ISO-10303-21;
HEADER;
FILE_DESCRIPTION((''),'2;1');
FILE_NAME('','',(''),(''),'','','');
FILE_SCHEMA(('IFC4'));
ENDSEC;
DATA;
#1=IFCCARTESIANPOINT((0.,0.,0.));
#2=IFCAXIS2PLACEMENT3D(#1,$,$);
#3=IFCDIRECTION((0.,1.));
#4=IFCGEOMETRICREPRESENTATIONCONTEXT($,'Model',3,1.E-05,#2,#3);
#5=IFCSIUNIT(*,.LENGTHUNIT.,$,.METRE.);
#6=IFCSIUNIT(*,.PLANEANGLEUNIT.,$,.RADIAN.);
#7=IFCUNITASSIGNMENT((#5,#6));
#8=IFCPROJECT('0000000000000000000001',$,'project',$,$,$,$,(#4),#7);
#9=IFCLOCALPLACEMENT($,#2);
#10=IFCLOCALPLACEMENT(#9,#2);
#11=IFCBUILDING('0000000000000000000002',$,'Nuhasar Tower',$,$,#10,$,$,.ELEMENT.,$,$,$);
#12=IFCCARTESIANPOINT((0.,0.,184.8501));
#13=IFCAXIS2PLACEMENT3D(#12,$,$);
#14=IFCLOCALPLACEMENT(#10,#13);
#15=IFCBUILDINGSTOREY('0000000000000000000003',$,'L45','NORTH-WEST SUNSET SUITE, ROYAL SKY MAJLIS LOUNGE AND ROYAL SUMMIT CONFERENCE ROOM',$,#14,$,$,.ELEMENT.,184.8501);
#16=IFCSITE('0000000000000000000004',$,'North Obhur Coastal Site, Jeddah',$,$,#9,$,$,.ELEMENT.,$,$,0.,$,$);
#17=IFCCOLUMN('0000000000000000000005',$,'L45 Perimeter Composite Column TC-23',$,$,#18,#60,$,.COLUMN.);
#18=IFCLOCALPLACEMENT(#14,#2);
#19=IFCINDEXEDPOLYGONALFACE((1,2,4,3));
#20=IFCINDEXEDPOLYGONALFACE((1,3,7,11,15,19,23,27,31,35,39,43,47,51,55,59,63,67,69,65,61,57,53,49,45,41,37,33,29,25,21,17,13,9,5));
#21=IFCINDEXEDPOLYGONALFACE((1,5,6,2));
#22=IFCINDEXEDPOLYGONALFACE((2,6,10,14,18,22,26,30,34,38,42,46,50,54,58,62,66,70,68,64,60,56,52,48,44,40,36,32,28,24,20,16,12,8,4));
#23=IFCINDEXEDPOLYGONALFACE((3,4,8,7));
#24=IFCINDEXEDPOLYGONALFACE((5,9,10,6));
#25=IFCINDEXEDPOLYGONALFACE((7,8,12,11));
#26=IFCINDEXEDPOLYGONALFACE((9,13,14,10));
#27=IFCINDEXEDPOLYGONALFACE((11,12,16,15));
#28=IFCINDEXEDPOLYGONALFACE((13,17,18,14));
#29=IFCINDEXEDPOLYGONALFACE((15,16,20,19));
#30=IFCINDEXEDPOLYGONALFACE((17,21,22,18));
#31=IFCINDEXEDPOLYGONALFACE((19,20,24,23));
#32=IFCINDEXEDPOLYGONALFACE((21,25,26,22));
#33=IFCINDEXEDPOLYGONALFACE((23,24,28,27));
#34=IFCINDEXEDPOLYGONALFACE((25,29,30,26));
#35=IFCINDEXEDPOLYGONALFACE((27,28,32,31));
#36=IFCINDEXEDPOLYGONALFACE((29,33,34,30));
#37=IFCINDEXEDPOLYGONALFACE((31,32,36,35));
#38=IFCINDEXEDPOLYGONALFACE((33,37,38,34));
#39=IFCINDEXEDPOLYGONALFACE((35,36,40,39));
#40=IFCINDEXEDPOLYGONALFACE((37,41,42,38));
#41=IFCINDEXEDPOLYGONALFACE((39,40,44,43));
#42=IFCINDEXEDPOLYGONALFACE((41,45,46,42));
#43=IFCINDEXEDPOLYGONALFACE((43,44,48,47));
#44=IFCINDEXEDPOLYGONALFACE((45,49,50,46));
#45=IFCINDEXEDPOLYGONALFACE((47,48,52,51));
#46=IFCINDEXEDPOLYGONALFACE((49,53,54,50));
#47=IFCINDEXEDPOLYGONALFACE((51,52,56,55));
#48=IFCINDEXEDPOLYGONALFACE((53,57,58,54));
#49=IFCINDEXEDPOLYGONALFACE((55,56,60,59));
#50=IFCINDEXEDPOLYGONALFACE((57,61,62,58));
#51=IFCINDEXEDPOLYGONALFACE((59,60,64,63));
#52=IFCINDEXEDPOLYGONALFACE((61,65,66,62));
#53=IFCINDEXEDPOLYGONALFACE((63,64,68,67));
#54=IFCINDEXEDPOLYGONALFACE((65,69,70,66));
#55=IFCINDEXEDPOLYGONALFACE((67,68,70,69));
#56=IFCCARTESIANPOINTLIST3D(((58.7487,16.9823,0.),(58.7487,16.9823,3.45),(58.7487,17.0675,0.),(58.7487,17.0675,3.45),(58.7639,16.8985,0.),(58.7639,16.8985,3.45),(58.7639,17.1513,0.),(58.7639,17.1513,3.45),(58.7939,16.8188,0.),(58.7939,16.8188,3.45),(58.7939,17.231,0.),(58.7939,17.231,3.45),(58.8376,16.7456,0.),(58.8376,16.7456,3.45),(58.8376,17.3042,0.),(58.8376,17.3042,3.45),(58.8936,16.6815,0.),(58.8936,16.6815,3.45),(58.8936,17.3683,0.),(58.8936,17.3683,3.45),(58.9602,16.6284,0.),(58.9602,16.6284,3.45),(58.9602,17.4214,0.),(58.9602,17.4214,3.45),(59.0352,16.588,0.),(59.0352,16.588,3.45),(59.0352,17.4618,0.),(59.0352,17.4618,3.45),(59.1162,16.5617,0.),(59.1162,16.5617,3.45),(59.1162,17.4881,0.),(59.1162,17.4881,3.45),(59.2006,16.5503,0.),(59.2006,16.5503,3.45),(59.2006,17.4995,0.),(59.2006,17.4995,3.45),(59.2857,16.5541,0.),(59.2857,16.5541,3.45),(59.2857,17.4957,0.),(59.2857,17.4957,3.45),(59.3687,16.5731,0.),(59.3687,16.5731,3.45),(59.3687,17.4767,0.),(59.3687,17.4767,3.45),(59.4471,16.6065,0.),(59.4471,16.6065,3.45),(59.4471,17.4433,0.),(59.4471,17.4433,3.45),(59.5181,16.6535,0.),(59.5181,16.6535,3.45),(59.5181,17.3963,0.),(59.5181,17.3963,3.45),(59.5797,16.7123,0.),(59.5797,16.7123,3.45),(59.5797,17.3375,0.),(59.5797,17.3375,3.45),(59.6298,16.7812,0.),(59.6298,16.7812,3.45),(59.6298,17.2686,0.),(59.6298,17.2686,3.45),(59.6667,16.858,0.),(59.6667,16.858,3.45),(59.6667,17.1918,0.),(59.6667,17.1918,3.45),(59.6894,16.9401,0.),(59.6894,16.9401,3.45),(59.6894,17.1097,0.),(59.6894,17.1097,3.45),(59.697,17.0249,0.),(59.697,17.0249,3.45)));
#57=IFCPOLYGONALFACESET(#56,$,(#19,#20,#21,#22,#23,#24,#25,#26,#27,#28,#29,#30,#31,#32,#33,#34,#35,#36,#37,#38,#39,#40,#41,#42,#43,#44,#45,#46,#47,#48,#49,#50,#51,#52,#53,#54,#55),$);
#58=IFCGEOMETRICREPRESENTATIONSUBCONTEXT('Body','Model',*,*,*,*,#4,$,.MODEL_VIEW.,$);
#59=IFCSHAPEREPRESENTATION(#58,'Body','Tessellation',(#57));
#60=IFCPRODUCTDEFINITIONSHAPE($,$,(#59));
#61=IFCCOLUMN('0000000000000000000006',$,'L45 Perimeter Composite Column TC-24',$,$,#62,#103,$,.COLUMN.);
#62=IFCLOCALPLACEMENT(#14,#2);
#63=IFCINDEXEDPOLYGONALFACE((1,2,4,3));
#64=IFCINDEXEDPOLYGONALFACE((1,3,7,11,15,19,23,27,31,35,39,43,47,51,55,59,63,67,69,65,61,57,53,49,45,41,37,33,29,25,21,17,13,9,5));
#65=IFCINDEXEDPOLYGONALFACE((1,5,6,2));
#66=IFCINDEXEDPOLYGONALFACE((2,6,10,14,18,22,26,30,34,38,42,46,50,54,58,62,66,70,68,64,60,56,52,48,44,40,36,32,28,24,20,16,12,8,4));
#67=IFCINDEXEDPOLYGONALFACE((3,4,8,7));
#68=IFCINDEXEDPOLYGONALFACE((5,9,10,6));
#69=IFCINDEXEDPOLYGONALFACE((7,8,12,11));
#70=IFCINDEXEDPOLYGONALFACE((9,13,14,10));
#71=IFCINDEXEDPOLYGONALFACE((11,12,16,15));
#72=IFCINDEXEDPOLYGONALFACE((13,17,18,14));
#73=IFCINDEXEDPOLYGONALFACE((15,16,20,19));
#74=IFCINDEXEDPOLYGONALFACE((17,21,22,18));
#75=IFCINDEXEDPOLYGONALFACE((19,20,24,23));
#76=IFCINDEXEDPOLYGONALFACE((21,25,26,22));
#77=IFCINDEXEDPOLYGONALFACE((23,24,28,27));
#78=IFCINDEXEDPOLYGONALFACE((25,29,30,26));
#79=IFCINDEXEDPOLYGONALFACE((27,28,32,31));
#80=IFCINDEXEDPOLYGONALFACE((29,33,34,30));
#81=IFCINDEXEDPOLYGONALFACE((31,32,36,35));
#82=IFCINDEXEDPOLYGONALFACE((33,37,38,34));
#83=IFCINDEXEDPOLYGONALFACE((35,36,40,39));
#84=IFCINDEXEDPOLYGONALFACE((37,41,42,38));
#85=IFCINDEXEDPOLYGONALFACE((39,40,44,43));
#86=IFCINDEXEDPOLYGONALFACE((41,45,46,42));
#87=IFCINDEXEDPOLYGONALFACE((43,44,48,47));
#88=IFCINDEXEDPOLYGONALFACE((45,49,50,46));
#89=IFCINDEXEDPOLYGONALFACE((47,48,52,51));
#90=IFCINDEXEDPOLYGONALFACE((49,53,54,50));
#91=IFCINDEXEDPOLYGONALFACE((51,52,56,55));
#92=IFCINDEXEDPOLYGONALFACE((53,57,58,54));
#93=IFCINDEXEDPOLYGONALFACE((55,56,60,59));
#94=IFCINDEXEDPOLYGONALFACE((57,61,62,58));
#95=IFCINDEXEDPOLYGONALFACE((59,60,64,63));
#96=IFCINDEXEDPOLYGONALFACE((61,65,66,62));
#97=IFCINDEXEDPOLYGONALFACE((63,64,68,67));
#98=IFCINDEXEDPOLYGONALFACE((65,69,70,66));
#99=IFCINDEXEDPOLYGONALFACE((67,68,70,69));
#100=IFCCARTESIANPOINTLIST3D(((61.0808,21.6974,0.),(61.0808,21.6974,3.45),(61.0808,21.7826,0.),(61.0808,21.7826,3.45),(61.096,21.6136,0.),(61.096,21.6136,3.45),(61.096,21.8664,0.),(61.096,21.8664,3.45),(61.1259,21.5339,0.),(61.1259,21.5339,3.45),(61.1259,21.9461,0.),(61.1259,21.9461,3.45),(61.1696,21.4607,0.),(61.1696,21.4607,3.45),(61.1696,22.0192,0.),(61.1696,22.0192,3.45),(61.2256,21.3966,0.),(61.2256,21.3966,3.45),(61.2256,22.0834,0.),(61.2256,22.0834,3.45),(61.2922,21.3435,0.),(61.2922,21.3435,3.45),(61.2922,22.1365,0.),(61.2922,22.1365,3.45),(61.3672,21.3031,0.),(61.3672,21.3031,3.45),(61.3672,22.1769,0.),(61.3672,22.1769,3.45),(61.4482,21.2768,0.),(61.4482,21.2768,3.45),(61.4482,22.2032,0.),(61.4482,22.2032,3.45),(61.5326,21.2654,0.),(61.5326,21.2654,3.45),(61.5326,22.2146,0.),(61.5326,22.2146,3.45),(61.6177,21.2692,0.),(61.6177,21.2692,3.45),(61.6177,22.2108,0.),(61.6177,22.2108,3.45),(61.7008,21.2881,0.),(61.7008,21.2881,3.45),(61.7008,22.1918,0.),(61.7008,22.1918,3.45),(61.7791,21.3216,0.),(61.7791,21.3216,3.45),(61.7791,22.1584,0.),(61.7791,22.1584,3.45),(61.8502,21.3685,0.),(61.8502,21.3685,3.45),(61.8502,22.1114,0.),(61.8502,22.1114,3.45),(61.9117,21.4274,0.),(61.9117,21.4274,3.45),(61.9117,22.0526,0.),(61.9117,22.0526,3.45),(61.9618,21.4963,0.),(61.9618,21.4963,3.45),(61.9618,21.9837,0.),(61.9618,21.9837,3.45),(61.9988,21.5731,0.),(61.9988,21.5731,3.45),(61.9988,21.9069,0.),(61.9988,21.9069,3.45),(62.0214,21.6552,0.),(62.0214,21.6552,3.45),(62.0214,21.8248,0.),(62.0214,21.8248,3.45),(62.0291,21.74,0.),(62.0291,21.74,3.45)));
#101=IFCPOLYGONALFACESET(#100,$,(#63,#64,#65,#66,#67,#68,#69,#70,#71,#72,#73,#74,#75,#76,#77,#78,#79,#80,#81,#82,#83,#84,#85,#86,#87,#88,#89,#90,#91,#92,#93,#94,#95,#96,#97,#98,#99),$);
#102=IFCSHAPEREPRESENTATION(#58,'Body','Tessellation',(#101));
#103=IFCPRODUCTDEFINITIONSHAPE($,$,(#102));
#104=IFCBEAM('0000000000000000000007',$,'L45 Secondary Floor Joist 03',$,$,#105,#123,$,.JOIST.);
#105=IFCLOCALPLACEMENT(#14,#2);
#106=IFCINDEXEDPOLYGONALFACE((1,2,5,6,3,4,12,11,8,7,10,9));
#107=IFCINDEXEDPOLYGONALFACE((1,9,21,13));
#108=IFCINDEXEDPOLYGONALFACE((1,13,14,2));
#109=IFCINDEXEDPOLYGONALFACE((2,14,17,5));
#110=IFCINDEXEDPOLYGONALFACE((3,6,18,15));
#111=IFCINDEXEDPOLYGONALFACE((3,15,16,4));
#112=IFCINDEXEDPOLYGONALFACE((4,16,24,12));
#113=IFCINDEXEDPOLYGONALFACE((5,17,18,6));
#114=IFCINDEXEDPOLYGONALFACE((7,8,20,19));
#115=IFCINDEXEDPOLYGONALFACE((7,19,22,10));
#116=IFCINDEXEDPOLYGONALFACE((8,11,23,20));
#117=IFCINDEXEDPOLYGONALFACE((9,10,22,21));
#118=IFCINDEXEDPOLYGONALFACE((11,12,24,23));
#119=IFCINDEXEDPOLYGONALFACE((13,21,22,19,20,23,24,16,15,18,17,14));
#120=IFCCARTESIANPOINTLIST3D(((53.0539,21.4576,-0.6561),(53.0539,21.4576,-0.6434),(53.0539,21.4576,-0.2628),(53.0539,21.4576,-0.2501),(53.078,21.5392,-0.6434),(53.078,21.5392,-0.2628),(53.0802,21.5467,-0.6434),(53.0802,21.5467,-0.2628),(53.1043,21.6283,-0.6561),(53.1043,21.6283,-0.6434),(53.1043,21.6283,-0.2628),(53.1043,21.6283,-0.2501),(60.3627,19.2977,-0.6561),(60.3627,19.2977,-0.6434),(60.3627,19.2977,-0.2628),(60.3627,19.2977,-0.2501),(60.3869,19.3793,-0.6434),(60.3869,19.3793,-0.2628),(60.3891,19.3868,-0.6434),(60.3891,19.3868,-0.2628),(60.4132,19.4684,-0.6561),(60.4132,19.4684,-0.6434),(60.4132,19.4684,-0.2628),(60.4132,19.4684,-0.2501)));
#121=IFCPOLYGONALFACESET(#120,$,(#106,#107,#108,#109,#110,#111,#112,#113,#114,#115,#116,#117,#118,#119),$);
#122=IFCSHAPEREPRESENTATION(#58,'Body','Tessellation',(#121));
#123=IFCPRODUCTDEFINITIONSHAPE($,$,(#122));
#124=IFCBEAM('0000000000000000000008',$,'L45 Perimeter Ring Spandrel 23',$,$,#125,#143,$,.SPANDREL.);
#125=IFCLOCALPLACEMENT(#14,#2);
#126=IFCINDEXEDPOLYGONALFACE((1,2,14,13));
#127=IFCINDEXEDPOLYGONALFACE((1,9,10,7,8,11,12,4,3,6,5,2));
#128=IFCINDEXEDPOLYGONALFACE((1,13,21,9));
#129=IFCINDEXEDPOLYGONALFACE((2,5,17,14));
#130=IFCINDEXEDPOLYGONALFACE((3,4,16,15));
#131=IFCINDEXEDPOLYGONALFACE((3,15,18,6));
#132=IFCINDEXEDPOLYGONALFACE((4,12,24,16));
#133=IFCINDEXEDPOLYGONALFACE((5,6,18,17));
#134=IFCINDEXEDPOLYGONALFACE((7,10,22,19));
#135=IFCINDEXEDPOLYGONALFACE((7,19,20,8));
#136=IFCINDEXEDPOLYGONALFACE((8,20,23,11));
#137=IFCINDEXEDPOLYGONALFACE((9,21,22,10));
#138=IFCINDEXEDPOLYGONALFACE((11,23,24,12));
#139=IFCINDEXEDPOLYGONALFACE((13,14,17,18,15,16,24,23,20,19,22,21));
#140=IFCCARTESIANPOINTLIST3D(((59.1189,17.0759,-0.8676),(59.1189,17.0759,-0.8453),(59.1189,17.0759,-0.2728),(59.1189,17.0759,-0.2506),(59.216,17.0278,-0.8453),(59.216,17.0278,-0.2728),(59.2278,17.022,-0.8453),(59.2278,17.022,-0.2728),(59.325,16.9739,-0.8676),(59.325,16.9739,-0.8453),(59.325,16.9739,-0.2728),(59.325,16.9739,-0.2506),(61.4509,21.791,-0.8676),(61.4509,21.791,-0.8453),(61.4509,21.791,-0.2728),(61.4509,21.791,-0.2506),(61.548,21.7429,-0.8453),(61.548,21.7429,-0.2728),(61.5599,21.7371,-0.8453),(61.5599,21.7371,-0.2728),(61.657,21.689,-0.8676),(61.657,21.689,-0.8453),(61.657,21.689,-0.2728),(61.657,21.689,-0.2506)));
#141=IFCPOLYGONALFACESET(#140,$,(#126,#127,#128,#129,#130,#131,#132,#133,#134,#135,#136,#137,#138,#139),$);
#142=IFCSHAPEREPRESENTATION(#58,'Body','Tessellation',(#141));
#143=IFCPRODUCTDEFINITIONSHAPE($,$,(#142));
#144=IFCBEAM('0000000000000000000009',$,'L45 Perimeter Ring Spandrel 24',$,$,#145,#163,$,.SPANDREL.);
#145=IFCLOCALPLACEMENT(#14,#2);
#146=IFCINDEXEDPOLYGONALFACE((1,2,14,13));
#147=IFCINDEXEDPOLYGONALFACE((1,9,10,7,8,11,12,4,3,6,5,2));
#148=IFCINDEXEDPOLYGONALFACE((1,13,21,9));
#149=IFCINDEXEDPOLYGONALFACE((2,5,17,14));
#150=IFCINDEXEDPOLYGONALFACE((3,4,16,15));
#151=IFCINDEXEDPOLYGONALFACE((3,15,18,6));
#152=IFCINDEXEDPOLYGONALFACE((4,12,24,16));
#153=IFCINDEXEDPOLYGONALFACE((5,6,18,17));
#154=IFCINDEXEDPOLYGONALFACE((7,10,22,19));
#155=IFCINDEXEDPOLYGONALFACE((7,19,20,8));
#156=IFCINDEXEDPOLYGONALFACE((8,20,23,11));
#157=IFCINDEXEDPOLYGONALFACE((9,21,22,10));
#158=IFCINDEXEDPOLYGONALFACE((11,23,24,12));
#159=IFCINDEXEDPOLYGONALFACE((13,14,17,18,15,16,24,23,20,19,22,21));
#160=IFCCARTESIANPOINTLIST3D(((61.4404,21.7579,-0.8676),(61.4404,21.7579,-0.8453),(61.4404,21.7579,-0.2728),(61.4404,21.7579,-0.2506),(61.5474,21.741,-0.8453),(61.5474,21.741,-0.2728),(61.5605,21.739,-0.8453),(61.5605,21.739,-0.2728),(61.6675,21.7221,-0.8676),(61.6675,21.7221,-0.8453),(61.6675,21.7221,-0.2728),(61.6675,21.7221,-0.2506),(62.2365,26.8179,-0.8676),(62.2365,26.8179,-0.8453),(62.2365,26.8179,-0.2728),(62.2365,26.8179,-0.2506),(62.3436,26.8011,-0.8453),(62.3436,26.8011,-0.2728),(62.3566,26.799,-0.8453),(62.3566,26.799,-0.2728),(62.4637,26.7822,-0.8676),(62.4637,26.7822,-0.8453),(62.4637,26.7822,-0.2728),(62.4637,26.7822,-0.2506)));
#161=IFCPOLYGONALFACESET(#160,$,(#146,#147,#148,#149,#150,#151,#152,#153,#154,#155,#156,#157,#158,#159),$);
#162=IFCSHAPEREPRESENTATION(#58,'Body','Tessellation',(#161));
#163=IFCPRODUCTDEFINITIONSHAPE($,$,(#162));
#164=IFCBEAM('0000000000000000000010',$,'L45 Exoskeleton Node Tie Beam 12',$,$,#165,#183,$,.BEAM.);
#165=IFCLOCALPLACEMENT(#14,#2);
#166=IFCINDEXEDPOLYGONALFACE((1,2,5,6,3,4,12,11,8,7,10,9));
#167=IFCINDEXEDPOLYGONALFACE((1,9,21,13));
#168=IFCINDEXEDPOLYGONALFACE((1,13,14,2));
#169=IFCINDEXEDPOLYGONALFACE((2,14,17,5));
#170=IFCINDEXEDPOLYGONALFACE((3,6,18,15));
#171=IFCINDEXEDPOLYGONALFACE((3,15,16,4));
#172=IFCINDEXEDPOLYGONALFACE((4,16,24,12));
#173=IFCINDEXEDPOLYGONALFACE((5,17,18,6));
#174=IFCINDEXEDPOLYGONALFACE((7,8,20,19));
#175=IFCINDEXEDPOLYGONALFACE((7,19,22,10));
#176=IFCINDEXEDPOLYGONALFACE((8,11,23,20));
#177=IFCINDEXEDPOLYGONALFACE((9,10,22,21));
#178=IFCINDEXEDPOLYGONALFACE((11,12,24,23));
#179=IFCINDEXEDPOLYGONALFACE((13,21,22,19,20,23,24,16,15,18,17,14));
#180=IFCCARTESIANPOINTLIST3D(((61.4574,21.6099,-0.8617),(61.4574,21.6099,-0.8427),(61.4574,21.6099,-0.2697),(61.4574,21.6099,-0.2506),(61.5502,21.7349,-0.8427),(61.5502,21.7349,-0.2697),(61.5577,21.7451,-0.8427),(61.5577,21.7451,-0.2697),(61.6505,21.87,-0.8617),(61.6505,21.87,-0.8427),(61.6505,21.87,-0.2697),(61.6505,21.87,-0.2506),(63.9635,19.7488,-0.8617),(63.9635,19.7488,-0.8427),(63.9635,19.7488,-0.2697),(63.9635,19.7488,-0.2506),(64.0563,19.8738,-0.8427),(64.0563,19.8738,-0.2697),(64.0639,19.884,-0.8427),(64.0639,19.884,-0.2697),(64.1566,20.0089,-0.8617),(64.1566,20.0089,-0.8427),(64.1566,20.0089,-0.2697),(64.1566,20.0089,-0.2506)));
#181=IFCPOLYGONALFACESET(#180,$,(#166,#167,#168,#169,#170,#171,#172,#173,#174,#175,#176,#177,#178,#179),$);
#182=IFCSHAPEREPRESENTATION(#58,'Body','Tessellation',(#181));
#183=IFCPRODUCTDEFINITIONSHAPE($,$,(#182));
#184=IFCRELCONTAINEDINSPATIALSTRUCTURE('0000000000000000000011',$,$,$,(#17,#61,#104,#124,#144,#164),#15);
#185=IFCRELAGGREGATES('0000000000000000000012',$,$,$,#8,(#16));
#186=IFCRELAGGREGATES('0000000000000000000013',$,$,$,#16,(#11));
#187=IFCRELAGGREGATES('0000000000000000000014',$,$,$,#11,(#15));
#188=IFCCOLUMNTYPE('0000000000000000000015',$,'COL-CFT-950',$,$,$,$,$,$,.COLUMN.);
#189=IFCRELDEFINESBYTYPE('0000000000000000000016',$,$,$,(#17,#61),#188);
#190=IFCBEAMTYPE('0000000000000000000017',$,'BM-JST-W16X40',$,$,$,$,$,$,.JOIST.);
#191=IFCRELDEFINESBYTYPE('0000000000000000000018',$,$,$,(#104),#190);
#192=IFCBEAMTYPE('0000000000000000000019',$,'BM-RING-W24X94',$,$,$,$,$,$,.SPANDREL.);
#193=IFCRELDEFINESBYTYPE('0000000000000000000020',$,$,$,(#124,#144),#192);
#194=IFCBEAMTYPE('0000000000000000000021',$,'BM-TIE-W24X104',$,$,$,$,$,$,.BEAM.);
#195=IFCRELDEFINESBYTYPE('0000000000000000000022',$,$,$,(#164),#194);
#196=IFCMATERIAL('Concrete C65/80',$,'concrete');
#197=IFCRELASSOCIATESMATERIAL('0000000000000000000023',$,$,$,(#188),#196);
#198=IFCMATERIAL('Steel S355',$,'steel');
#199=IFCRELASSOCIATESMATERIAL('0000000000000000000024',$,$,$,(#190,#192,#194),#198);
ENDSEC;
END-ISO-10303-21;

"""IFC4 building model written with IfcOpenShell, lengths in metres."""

from ifc_helpers import new_model, si_unit, direction, frame, origin, origin_2d, place, context, subcontext, project, spatial, circle, i_section, extrude, material, material_profile, profile_set, type_object, element, save


model = new_model("IFC4")

# Units and contexts
model_context = context("Model", 3, precision=1e-05, world=origin(), true_north=direction((0.0, 1.0)))
body_context = subcontext(model_context, "Body", "Model", "MODEL_VIEW")
ifc_project = project(units=[si_unit("LENGTHUNIT", "METRE"), si_unit("PLANEANGLEUNIT", "RADIAN")], contexts=[model_context])

# Site, building, storey
site_placement = place(None, origin())
site = spatial("IfcSite", under=ifc_project, at=site_placement, Name="North Obhur Coastal Site, Jeddah", CompositionType="ELEMENT", RefElevation=0.0)
building_placement = place(site_placement, origin())
building = spatial("IfcBuilding", under=site, at=building_placement, Name="Nuhasar Tower", CompositionType="ELEMENT")
storey_placement = place(building_placement, frame((0.0, 0.0, 184.8501)))
storey = spatial("IfcBuildingStorey", under=building, at=storey_placement, Name="L45", Description="NORTH-WEST SUNSET SUITE, ROYAL SKY MAJLIS LOUNGE AND ROYAL SUMMIT CONFERENCE ROOM", CompositionType="ELEMENT", Elevation=184.8501)

# Columns
ifc_material_1 = material(Name="Concrete C65/80", Category="concrete")
ifc_material_profile_1 = material_profile(ifc_material_1, circle(Radius=0.4751, at=origin_2d()), Name="CFT950")
ifc_profile_set_1 = profile_set([ifc_material_profile_1], Name="Concrete C65/80")
column_type = type_object("IfcColumnType", Name="COL-CFT-950", PredefinedType="COLUMN", material=ifc_profile_set_1)
for number, where, z_axis, x_axis, name in (
    (1, (59.2219, 17.0249, 0.0), (0.0, 0.0, 1.0), (1.0, 0.0, 0.0), "L45 Perimeter Composite Column TC-23"),
    (2, (61.554, 21.74, 0.0), (0.0, 0.0, 1.0), (1.0, 0.0, 0.0), "L45 Perimeter Composite Column TC-24"),
):
    element("IfcColumn", number, at=place(storey_placement, frame(where, z_axis=z_axis, x_axis=x_axis)), inside=storey, type_object=column_type, Name=name, PredefinedType="COLUMN", context=body_context, shape_type="SweptSolid", body=[
        extrude(circle(Radius=0.4751, at=origin_2d()), origin(), (0.0, 0.0, 1.0), 3.45),
    ])

# Beams
ifc_material_2 = material(Name="Steel S355", Category="steel")
ifc_material_profile_2 = material_profile(ifc_material_2, i_section(OverallWidth=0.178, OverallDepth=0.406, WebThickness=0.0078, FlangeThickness=0.0127, at=origin_2d()), Name="W16X40")
ifc_profile_set_2 = profile_set([ifc_material_profile_2], Name="Steel S355")
beam_type_1 = type_object("IfcBeamType", Name="BM-JST-W16X40", PredefinedType="JOIST", material=ifc_profile_set_2)
beam_1_placement = place(storey_placement, frame((53.0791, 21.543, -0.4531), z_axis=(0.959, -0.283404, 0.0), x_axis=(0.283404, 0.959, 0.0)))
element("IfcBeam", 3, at=beam_1_placement, inside=storey, type_object=beam_type_1, Name="L45 Secondary Floor Joist 03", PredefinedType="JOIST", context=body_context, shape_type="SweptSolid", body=[
    extrude(i_section(OverallWidth=0.178, OverallDepth=0.406, WebThickness=0.0078, FlangeThickness=0.0127, at=origin_2d()), origin(), (0.0, 0.0, 1.0), 7.6213),
])
ifc_material_profile_3 = material_profile(ifc_material_2, i_section(OverallWidth=0.23, OverallDepth=0.6169, WebThickness=0.0132, FlangeThickness=0.0222, at=origin_2d()), Name="W24X94")
ifc_profile_set_3 = profile_set([ifc_material_profile_3], Name="Steel S355")
beam_type_2 = type_object("IfcBeamType", Name="BM-RING-W24X94", PredefinedType="SPANDREL", material=ifc_profile_set_3)
beam_2_placement = place(storey_placement, frame((59.2219, 17.0249, -0.5591), z_axis=(0.443329, 0.896359, 0.0), x_axis=(-0.896359, 0.443329, 0.0)))
element("IfcBeam", 4, at=beam_2_placement, inside=storey, type_object=beam_type_2, Name="L45 Perimeter Ring Spandrel 23", PredefinedType="SPANDREL", context=body_context, shape_type="SweptSolid", body=[
    extrude(i_section(OverallWidth=0.23, OverallDepth=0.6169, WebThickness=0.0132, FlangeThickness=0.0222, at=origin_2d()), origin(), (0.0, 0.0, 1.0), 5.2603),
])
beam_3_placement = place(storey_placement, frame((61.554, 21.74, -0.5591), z_axis=(0.155427, 0.987847, 0.0), x_axis=(-0.987847, 0.155427, 0.0)))
element("IfcBeam", 5, at=beam_3_placement, inside=storey, type_object=beam_type_2, Name="L45 Perimeter Ring Spandrel 24", PredefinedType="SPANDREL", context=body_context, shape_type="SweptSolid", body=[
    extrude(i_section(OverallWidth=0.23, OverallDepth=0.6169, WebThickness=0.0132, FlangeThickness=0.0222, at=origin_2d()), origin(), (0.0, 0.0, 1.0), 5.1223),
])
ifc_material_profile_4 = material_profile(ifc_material_2, i_section(OverallWidth=0.324, OverallDepth=0.6111, WebThickness=0.0127, FlangeThickness=0.019, at=origin_2d()), Name="W24X104")
ifc_profile_set_4 = profile_set([ifc_material_profile_4], Name="Steel S355")
beam_type_3 = type_object("IfcBeamType", Name="BM-TIE-W24X104", PredefinedType="BEAM", material=ifc_profile_set_4)
beam_4_placement = place(storey_placement, frame((61.554, 21.74, -0.5562), z_axis=(0.802835, -0.596202, 0.0), x_axis=(0.596202, 0.802835, 0.0)))
element("IfcBeam", 6, at=beam_4_placement, inside=storey, type_object=beam_type_3, Name="L45 Exoskeleton Node Tie Beam 12", PredefinedType="BEAM", context=body_context, shape_type="SweptSolid", body=[
    extrude(i_section(OverallWidth=0.324, OverallDepth=0.6111, WebThickness=0.0127, FlangeThickness=0.019, at=origin_2d()), origin(), (0.0, 0.0, 1.0), 3.1216),
])

save(model, "model.ifc")
